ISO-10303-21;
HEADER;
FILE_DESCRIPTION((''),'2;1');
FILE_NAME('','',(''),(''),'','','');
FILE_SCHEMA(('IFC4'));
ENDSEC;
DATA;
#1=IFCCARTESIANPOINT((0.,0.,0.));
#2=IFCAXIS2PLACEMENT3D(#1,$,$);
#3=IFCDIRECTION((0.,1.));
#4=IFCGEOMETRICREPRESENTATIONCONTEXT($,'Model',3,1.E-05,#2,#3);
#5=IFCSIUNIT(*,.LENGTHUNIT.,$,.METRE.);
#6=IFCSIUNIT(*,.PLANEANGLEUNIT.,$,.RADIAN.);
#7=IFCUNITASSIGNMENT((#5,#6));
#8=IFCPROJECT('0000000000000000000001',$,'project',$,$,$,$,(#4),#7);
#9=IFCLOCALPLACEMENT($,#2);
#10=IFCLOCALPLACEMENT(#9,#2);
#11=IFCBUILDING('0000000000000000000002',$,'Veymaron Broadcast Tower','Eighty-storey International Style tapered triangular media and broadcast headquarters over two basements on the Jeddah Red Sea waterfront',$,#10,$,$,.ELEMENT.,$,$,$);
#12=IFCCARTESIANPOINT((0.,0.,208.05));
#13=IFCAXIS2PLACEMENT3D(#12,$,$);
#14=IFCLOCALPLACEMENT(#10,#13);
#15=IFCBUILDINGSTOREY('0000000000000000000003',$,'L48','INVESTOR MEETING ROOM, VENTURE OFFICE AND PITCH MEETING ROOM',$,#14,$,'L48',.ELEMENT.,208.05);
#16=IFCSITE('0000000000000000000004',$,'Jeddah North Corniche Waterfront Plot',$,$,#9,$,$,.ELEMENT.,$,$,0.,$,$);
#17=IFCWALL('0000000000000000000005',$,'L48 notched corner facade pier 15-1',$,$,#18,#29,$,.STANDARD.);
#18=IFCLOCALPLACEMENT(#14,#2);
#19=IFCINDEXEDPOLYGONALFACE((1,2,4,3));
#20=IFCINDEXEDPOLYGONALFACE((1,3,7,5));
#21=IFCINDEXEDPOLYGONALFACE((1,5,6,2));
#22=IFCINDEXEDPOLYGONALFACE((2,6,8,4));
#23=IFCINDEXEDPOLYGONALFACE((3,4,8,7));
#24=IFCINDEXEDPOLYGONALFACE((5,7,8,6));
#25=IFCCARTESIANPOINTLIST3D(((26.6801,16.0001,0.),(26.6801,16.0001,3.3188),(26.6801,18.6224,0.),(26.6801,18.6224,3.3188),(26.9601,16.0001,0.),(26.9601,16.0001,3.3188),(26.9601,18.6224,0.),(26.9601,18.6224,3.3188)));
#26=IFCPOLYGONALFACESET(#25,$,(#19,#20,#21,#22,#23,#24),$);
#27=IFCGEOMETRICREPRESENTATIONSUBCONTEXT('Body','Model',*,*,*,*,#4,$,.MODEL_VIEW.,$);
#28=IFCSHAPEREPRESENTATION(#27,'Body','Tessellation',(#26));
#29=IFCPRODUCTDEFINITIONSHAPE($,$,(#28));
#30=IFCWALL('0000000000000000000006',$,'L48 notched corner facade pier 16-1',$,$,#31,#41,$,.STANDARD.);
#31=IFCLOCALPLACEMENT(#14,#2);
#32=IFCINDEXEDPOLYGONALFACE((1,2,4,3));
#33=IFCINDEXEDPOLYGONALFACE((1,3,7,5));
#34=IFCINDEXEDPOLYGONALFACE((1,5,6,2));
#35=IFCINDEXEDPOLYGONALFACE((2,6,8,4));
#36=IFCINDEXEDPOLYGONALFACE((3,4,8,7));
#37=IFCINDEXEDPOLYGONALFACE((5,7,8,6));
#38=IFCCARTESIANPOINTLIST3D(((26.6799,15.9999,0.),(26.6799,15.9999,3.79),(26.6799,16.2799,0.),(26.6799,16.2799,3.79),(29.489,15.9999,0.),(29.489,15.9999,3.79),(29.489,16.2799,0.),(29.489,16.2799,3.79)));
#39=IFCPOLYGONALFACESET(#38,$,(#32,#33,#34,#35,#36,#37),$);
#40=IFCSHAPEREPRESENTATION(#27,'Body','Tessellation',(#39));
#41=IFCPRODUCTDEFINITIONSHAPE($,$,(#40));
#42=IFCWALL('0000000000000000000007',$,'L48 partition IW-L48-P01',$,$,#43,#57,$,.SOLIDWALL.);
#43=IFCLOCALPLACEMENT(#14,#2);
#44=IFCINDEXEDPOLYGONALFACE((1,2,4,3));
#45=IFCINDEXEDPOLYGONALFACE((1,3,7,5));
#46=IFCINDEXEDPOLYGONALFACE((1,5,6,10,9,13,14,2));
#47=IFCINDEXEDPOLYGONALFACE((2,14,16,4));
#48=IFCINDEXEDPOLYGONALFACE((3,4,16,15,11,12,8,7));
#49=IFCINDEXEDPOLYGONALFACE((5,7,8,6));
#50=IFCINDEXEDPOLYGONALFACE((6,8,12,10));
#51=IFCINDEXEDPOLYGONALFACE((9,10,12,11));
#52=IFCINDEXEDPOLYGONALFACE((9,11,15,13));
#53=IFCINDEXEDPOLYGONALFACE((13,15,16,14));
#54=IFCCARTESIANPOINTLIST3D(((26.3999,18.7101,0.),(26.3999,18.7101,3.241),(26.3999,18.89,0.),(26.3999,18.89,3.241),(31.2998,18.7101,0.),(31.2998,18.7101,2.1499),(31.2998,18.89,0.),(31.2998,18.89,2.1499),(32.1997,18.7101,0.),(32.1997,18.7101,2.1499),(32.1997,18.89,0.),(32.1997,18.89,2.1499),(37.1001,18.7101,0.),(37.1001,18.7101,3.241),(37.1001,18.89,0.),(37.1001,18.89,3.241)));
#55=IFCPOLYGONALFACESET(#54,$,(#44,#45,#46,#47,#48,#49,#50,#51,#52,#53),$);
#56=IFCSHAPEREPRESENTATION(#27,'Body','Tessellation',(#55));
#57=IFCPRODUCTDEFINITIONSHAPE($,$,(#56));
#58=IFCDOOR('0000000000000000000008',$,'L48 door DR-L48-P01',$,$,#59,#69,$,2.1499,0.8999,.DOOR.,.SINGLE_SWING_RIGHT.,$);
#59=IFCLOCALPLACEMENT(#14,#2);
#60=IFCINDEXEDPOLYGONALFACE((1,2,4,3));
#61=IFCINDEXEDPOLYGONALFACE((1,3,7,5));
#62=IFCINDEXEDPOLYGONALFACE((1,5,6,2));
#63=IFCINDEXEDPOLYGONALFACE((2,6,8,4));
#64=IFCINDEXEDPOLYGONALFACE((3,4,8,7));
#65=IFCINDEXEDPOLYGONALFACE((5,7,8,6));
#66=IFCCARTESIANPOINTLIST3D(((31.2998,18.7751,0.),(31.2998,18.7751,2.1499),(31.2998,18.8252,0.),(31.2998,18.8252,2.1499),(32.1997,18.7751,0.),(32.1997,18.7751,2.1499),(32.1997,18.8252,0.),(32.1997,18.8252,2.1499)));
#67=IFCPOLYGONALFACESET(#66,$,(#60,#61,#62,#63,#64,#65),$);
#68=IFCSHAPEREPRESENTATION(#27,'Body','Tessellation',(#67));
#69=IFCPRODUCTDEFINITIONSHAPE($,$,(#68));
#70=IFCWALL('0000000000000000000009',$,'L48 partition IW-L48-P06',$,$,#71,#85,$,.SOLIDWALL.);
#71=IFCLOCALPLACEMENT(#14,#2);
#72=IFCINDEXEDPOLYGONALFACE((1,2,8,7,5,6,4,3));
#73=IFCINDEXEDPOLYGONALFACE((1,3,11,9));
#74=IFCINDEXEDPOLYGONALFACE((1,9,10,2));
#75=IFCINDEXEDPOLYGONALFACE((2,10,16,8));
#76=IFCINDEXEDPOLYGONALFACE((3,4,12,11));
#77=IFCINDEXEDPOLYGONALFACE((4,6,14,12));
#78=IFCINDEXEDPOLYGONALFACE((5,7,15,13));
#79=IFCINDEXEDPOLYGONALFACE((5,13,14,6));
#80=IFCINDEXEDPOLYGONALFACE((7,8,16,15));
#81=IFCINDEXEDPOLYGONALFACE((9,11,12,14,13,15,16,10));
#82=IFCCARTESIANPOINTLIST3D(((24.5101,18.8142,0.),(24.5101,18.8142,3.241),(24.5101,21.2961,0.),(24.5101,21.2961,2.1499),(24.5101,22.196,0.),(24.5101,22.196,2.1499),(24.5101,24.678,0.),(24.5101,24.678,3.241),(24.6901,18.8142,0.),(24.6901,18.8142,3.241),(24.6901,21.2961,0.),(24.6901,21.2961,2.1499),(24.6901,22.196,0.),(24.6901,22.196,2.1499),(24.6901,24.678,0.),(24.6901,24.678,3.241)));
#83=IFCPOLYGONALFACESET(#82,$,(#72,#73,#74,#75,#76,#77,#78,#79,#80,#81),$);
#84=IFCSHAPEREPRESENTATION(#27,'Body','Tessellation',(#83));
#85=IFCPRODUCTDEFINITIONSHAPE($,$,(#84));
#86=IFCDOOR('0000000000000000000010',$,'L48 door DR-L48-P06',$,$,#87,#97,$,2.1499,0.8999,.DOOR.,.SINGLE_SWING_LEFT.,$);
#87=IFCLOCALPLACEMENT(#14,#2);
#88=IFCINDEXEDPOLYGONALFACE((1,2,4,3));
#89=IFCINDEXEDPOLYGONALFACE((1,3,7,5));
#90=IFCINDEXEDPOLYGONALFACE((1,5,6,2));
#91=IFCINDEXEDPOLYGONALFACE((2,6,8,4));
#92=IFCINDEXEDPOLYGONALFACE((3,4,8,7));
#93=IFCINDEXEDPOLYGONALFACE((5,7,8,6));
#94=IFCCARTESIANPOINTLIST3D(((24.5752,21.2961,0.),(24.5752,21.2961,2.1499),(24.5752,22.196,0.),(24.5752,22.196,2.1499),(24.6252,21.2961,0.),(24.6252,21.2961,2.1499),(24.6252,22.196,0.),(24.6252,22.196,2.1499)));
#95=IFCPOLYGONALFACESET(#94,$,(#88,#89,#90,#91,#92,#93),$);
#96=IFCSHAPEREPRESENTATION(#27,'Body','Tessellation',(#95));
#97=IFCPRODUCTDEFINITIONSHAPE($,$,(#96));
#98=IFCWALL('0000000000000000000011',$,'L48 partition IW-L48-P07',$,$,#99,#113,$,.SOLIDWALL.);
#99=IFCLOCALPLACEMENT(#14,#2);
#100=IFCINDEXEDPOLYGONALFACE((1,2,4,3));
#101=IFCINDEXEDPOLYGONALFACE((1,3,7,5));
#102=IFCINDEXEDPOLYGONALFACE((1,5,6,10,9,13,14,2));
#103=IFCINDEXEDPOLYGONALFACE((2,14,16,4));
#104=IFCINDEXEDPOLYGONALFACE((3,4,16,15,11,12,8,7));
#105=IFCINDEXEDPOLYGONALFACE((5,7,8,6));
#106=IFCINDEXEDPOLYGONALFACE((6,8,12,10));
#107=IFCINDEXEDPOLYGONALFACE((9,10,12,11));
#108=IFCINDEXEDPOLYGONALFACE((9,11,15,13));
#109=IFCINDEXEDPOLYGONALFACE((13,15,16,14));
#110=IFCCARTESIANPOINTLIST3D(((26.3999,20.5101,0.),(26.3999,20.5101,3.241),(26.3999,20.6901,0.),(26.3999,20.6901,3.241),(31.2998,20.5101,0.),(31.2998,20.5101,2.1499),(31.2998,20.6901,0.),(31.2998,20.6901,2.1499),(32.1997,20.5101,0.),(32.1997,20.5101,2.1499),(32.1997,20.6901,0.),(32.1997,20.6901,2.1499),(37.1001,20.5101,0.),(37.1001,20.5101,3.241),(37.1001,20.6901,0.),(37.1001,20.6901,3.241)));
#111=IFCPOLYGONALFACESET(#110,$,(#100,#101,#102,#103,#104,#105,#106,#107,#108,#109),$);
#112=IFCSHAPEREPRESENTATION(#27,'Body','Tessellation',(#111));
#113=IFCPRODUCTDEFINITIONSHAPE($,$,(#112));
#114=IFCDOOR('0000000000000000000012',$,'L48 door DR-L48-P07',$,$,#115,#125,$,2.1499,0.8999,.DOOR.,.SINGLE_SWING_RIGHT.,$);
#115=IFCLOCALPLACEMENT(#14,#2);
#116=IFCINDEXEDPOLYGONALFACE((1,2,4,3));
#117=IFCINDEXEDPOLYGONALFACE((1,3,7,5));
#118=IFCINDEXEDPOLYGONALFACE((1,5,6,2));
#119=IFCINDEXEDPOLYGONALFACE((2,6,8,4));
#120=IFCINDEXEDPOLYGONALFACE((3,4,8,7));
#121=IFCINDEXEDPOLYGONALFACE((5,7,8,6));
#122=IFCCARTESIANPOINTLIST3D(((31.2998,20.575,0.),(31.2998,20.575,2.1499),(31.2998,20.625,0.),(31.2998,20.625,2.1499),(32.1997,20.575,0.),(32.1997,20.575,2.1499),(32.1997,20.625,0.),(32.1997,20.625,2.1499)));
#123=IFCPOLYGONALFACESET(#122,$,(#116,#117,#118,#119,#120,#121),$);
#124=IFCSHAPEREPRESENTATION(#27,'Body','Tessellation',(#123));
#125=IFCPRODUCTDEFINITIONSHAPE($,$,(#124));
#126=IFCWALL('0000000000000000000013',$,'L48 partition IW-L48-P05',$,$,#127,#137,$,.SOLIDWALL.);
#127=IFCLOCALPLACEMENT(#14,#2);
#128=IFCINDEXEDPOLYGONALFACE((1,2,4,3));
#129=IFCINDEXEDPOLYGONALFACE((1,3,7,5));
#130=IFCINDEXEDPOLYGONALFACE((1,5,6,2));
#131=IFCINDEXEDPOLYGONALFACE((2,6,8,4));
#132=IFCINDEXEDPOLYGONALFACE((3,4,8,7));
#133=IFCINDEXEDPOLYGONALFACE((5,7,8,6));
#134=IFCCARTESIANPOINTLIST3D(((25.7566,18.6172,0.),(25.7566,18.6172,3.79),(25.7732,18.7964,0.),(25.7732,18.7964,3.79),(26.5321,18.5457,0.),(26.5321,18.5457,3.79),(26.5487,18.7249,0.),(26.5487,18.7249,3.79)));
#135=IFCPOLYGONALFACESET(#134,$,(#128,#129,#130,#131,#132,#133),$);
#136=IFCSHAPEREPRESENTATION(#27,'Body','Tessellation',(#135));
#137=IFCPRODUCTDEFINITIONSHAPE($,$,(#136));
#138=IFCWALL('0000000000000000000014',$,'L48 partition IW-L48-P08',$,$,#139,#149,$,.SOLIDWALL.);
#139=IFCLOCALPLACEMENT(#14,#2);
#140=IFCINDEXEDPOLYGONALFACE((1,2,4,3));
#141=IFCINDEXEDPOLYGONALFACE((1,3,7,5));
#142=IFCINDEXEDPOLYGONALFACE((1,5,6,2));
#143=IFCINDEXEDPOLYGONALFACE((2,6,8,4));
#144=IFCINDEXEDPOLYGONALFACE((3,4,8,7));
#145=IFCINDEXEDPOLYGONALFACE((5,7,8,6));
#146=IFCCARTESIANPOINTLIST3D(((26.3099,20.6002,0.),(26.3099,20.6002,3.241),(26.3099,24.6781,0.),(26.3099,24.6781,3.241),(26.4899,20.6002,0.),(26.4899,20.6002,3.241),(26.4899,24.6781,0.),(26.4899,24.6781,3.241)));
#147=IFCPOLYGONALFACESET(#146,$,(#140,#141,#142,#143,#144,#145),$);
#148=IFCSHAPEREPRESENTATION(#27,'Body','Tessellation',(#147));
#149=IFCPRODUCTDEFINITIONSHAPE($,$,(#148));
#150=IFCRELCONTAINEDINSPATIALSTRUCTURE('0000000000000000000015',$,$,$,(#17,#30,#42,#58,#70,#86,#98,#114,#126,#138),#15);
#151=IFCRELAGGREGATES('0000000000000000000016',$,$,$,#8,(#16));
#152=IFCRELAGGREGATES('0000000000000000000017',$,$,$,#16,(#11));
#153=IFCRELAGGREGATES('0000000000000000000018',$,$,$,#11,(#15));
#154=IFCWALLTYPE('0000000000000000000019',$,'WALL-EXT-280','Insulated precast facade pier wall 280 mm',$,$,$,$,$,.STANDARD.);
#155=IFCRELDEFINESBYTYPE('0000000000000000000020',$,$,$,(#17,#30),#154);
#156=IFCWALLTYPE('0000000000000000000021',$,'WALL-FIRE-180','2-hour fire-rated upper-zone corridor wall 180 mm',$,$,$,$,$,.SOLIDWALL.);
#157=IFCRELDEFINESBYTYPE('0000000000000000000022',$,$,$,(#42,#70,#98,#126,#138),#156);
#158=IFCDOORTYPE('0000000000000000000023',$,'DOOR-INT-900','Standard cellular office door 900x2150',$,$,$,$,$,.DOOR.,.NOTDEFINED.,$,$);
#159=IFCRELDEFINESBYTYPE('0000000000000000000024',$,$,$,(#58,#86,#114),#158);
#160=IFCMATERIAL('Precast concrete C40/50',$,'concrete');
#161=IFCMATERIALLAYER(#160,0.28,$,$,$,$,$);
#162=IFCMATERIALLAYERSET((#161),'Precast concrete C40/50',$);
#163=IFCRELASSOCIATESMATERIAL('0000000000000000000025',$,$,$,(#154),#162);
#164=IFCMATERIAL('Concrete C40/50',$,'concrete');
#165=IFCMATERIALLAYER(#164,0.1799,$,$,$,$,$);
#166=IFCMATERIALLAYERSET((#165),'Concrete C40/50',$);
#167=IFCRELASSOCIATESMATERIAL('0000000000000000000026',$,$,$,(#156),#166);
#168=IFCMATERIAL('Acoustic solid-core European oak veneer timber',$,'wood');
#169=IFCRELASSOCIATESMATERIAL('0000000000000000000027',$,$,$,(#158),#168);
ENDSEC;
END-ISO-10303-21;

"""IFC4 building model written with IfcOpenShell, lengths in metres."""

from ifc_helpers import new_model, si_unit, direction, frame, frame_2d, origin, place, context, subcontext, project, spatial, rectangle, extrude, material, layer, layer_set, type_object, element, fill, save


model = new_model("IFC4")

# Units and contexts
model_context = context("Model", 3, precision=1e-05, world=origin(), true_north=direction((0.0, 1.0)))
body_context = subcontext(model_context, "Body", "Model", "MODEL_VIEW")
ifc_project = project(units=[si_unit("LENGTHUNIT", "METRE"), si_unit("PLANEANGLEUNIT", "RADIAN")], contexts=[model_context])

# Site, building, storey
site_placement = place(None, origin())
site = spatial("IfcSite", under=ifc_project, at=site_placement, Name="Jeddah North Corniche Waterfront Plot", CompositionType="ELEMENT", RefElevation=0.0)
building_placement = place(site_placement, origin())
building = spatial("IfcBuilding", under=site, at=building_placement, Name="Veymaron Broadcast Tower", Description="Eighty-storey International Style tapered triangular media and broadcast headquarters over two basements on the Jeddah Red Sea waterfront", CompositionType="ELEMENT")
storey_placement = place(building_placement, frame((0.0, 0.0, 208.05)))
storey = spatial("IfcBuildingStorey", under=building, at=storey_placement, Name="L48", Description="INVESTOR MEETING ROOM, VENTURE OFFICE AND PITCH MEETING ROOM", LongName="L48", CompositionType="ELEMENT", Elevation=208.05)

# Shared definitions
ifc_material_1 = material(Name="Concrete C40/50", Category="concrete")

# Walls
ifc_material_2 = material(Name="Precast concrete C40/50", Category="concrete")
ifc_layer_1 = layer(ifc_material_2, 0.28)
ifc_layer_set_1 = layer_set([ifc_layer_1], Name="Precast concrete C40/50")
wall_type_1 = type_object("IfcWallType", Name="WALL-EXT-280", Description="Insulated precast facade pier wall 280 mm", PredefinedType="STANDARD", material=ifc_layer_set_1)
wall_1_placement = place(storey_placement, frame((26.8201, 18.6223, 0.0), z_axis=(0.0, 0.0, 1.0), x_axis=(0.0, -1.0, 0.0)))
element("IfcWall", 1, at=wall_1_placement, inside=storey, type_object=wall_type_1, Name="L48 notched corner facade pier 15-1", PredefinedType="STANDARD", context=body_context, shape_type="SweptSolid", body=[
    extrude(rectangle(XDim=2.6223, YDim=0.28, at=frame_2d((1.311, 0.0))), origin(), (0.0, 0.0, 1.0), 3.3188),
])
wall_2_placement = place(storey_placement, frame((26.6799, 16.1399, 0.0), z_axis=(0.0, 0.0, 1.0), x_axis=(1.0, 0.0, 0.0)))
element("IfcWall", 2, at=wall_2_placement, inside=storey, type_object=wall_type_1, Name="L48 notched corner facade pier 16-1", PredefinedType="STANDARD", context=body_context, shape_type="SweptSolid", body=[
    extrude(rectangle(XDim=2.8091, YDim=0.28, at=frame_2d((1.4045, 0.0))), origin(), (0.0, 0.0, 1.0), 3.79),
])

# Walls, openings, doors
ifc_layer_2 = layer(ifc_material_1, 0.1799)
ifc_layer_set_2 = layer_set([ifc_layer_2], Name="Concrete C40/50")
wall_type_2 = type_object("IfcWallType", Name="WALL-FIRE-180", Description="2-hour fire-rated upper-zone corridor wall 180 mm", PredefinedType="SOLIDWALL", material=ifc_layer_set_2)
wall_3_placement = place(storey_placement, frame((26.3999, 18.8, 0.0), z_axis=(0.0, 0.0, 1.0), x_axis=(1.0, 0.0, 0.0)))
wall_3 = element("IfcWall", 3, at=wall_3_placement, inside=storey, type_object=wall_type_2, Name="L48 partition IW-L48-P01", PredefinedType="SOLIDWALL", context=body_context, shape_type="SweptSolid", body=[
    extrude(rectangle(XDim=10.7002, YDim=0.1799, at=frame_2d((5.3501, 0.0))), origin(), (0.0, 0.0, 1.0), 3.241),
])
opening_1_placement = place(wall_3_placement, frame((4.8999, 0.0, 0.0)))
opening_1 = element("IfcOpeningElement", 4, at=opening_1_placement, cuts=wall_3, PredefinedType="OPENING", context=body_context, shape_type="SweptSolid", body=[
    extrude(rectangle(XDim=0.8999, YDim=2.1499, at=frame_2d((0.45, 1.075))), frame((0.0, 0.1001, 0.0), z_axis=(0.0, -1.0, 0.0), x_axis=(1.0, 0.0, 0.0)), (0.0, 0.0, 1.0), 0.2),
])
ifc_material_3 = material(Name="Acoustic solid-core European oak veneer timber", Category="wood")
door_type = type_object("IfcDoorType", Name="DOOR-INT-900", Description="Standard cellular office door 900x2150", OperationType="NOTDEFINED", PredefinedType="DOOR", material=ifc_material_3)
door_1_placement = place(opening_1_placement, frame((0.8999, 0.0, 0.0), z_axis=(0.0, 0.0, 1.0), x_axis=(-1.0, 0.0, 0.0)))
door_1 = element("IfcDoor", 5, at=door_1_placement, inside=storey, type_object=door_type, Name="L48 door DR-L48-P01", OperationType="SINGLE_SWING_RIGHT", OverallHeight=2.1499, OverallWidth=0.8999, PredefinedType="DOOR", context=body_context, shape_type="SweptSolid", body=[
    extrude(rectangle(XDim=0.8999, YDim=2.1499, at=frame_2d((0.45, 1.075))), frame((0.0, 0.0249, 0.0), z_axis=(0.0, -1.0, 0.0), x_axis=(1.0, 0.0, 0.0)), (0.0, 0.0, 1.0), 0.05),
])
fill(opening_1, door_1)
wall_4_placement = place(storey_placement, frame((24.6001, 18.8142, 0.0), z_axis=(0.0, 0.0, 1.0), x_axis=(0.0, 1.0, 0.0)))
wall_4 = element("IfcWall", 6, at=wall_4_placement, inside=storey, type_object=wall_type_2, Name="L48 partition IW-L48-P06", PredefinedType="SOLIDWALL", context=body_context, shape_type="SweptSolid", body=[
    extrude(rectangle(XDim=5.8638, YDim=0.1799, at=frame_2d((2.9319, 0.0))), origin(), (0.0, 0.0, 1.0), 3.241),
])
opening_2_placement = place(wall_4_placement, frame((2.4819, 0.0, 0.0)))
opening_2 = element("IfcOpeningElement", 7, at=opening_2_placement, cuts=wall_4, PredefinedType="OPENING", context=body_context, shape_type="SweptSolid", body=[
    extrude(rectangle(XDim=0.8999, YDim=2.1499, at=frame_2d((0.45, 1.075))), frame((0.0, 0.1001, 0.0), z_axis=(0.0, -1.0, 0.0), x_axis=(1.0, 0.0, 0.0)), (0.0, 0.0, 1.0), 0.2),
])
door_2_placement = place(opening_2_placement, origin())
door_2 = element("IfcDoor", 8, at=door_2_placement, inside=storey, type_object=door_type, Name="L48 door DR-L48-P06", OperationType="SINGLE_SWING_LEFT", OverallHeight=2.1499, OverallWidth=0.8999, PredefinedType="DOOR", context=body_context, shape_type="SweptSolid", body=[
    extrude(rectangle(XDim=0.8999, YDim=2.1499, at=frame_2d((0.45, 1.075))), frame((0.0, 0.0249, 0.0), z_axis=(0.0, -1.0, 0.0), x_axis=(1.0, 0.0, 0.0)), (0.0, 0.0, 1.0), 0.05),
])
fill(opening_2, door_2)
wall_5_placement = place(storey_placement, frame((26.3999, 20.6001, 0.0), z_axis=(0.0, 0.0, 1.0), x_axis=(1.0, 0.0, 0.0)))
wall_5 = element("IfcWall", 9, at=wall_5_placement, inside=storey, type_object=wall_type_2, Name="L48 partition IW-L48-P07", PredefinedType="SOLIDWALL", context=body_context, shape_type="SweptSolid", body=[
    extrude(rectangle(XDim=10.7002, YDim=0.1799, at=frame_2d((5.3501, 0.0))), origin(), (0.0, 0.0, 1.0), 3.241),
])
opening_3_placement = place(wall_5_placement, frame((4.8999, 0.0, 0.0)))
opening_3 = element("IfcOpeningElement", 10, at=opening_3_placement, cuts=wall_5, PredefinedType="OPENING", context=body_context, shape_type="SweptSolid", body=[
    extrude(rectangle(XDim=0.8999, YDim=2.1499, at=frame_2d((0.45, 1.075))), frame((0.0, 0.1001, 0.0), z_axis=(0.0, -1.0, 0.0), x_axis=(1.0, 0.0, 0.0)), (0.0, 0.0, 1.0), 0.2),
])
door_3_placement = place(opening_3_placement, origin())
door_3 = element("IfcDoor", 11, at=door_3_placement, inside=storey, type_object=door_type, Name="L48 door DR-L48-P07", OperationType="SINGLE_SWING_RIGHT", OverallHeight=2.1499, OverallWidth=0.8999, PredefinedType="DOOR", context=body_context, shape_type="SweptSolid", body=[
    extrude(rectangle(XDim=0.8999, YDim=2.1499, at=frame_2d((0.45, 1.075))), frame((0.0, 0.0249, 0.0), z_axis=(0.0, -1.0, 0.0), x_axis=(1.0, 0.0, 0.0)), (0.0, 0.0, 1.0), 0.05),
])
fill(opening_3, door_3)

# Walls
wall_6_placement = place(storey_placement, frame((25.7649, 18.7068, 0.0), z_axis=(0.0, 0.0, 1.0), x_axis=(0.995774, -0.091836, 0.0)))
element("IfcWall", 12, at=wall_6_placement, inside=storey, type_object=wall_type_2, Name="L48 partition IW-L48-P05", PredefinedType="SOLIDWALL", context=body_context, shape_type="SweptSolid", body=[
    extrude(rectangle(XDim=0.7788, YDim=0.1799, at=frame_2d((0.3894, 0.0))), origin(), (0.0, 0.0, 1.0), 3.79),
])
wall_7_placement = place(storey_placement, frame((26.3999, 20.6001, 0.0), z_axis=(0.0, 0.0, 1.0), x_axis=(0.0, 1.0, 0.0)))
element("IfcWall", 13, at=wall_7_placement, inside=storey, type_object=wall_type_2, Name="L48 partition IW-L48-P08", PredefinedType="SOLIDWALL", context=body_context, shape_type="SweptSolid", body=[
    extrude(rectangle(XDim=4.0779, YDim=0.1799, at=frame_2d((2.0391, 0.0))), origin(), (0.0, 0.0, 1.0), 3.241),
])

save(model, "model.ifc")
